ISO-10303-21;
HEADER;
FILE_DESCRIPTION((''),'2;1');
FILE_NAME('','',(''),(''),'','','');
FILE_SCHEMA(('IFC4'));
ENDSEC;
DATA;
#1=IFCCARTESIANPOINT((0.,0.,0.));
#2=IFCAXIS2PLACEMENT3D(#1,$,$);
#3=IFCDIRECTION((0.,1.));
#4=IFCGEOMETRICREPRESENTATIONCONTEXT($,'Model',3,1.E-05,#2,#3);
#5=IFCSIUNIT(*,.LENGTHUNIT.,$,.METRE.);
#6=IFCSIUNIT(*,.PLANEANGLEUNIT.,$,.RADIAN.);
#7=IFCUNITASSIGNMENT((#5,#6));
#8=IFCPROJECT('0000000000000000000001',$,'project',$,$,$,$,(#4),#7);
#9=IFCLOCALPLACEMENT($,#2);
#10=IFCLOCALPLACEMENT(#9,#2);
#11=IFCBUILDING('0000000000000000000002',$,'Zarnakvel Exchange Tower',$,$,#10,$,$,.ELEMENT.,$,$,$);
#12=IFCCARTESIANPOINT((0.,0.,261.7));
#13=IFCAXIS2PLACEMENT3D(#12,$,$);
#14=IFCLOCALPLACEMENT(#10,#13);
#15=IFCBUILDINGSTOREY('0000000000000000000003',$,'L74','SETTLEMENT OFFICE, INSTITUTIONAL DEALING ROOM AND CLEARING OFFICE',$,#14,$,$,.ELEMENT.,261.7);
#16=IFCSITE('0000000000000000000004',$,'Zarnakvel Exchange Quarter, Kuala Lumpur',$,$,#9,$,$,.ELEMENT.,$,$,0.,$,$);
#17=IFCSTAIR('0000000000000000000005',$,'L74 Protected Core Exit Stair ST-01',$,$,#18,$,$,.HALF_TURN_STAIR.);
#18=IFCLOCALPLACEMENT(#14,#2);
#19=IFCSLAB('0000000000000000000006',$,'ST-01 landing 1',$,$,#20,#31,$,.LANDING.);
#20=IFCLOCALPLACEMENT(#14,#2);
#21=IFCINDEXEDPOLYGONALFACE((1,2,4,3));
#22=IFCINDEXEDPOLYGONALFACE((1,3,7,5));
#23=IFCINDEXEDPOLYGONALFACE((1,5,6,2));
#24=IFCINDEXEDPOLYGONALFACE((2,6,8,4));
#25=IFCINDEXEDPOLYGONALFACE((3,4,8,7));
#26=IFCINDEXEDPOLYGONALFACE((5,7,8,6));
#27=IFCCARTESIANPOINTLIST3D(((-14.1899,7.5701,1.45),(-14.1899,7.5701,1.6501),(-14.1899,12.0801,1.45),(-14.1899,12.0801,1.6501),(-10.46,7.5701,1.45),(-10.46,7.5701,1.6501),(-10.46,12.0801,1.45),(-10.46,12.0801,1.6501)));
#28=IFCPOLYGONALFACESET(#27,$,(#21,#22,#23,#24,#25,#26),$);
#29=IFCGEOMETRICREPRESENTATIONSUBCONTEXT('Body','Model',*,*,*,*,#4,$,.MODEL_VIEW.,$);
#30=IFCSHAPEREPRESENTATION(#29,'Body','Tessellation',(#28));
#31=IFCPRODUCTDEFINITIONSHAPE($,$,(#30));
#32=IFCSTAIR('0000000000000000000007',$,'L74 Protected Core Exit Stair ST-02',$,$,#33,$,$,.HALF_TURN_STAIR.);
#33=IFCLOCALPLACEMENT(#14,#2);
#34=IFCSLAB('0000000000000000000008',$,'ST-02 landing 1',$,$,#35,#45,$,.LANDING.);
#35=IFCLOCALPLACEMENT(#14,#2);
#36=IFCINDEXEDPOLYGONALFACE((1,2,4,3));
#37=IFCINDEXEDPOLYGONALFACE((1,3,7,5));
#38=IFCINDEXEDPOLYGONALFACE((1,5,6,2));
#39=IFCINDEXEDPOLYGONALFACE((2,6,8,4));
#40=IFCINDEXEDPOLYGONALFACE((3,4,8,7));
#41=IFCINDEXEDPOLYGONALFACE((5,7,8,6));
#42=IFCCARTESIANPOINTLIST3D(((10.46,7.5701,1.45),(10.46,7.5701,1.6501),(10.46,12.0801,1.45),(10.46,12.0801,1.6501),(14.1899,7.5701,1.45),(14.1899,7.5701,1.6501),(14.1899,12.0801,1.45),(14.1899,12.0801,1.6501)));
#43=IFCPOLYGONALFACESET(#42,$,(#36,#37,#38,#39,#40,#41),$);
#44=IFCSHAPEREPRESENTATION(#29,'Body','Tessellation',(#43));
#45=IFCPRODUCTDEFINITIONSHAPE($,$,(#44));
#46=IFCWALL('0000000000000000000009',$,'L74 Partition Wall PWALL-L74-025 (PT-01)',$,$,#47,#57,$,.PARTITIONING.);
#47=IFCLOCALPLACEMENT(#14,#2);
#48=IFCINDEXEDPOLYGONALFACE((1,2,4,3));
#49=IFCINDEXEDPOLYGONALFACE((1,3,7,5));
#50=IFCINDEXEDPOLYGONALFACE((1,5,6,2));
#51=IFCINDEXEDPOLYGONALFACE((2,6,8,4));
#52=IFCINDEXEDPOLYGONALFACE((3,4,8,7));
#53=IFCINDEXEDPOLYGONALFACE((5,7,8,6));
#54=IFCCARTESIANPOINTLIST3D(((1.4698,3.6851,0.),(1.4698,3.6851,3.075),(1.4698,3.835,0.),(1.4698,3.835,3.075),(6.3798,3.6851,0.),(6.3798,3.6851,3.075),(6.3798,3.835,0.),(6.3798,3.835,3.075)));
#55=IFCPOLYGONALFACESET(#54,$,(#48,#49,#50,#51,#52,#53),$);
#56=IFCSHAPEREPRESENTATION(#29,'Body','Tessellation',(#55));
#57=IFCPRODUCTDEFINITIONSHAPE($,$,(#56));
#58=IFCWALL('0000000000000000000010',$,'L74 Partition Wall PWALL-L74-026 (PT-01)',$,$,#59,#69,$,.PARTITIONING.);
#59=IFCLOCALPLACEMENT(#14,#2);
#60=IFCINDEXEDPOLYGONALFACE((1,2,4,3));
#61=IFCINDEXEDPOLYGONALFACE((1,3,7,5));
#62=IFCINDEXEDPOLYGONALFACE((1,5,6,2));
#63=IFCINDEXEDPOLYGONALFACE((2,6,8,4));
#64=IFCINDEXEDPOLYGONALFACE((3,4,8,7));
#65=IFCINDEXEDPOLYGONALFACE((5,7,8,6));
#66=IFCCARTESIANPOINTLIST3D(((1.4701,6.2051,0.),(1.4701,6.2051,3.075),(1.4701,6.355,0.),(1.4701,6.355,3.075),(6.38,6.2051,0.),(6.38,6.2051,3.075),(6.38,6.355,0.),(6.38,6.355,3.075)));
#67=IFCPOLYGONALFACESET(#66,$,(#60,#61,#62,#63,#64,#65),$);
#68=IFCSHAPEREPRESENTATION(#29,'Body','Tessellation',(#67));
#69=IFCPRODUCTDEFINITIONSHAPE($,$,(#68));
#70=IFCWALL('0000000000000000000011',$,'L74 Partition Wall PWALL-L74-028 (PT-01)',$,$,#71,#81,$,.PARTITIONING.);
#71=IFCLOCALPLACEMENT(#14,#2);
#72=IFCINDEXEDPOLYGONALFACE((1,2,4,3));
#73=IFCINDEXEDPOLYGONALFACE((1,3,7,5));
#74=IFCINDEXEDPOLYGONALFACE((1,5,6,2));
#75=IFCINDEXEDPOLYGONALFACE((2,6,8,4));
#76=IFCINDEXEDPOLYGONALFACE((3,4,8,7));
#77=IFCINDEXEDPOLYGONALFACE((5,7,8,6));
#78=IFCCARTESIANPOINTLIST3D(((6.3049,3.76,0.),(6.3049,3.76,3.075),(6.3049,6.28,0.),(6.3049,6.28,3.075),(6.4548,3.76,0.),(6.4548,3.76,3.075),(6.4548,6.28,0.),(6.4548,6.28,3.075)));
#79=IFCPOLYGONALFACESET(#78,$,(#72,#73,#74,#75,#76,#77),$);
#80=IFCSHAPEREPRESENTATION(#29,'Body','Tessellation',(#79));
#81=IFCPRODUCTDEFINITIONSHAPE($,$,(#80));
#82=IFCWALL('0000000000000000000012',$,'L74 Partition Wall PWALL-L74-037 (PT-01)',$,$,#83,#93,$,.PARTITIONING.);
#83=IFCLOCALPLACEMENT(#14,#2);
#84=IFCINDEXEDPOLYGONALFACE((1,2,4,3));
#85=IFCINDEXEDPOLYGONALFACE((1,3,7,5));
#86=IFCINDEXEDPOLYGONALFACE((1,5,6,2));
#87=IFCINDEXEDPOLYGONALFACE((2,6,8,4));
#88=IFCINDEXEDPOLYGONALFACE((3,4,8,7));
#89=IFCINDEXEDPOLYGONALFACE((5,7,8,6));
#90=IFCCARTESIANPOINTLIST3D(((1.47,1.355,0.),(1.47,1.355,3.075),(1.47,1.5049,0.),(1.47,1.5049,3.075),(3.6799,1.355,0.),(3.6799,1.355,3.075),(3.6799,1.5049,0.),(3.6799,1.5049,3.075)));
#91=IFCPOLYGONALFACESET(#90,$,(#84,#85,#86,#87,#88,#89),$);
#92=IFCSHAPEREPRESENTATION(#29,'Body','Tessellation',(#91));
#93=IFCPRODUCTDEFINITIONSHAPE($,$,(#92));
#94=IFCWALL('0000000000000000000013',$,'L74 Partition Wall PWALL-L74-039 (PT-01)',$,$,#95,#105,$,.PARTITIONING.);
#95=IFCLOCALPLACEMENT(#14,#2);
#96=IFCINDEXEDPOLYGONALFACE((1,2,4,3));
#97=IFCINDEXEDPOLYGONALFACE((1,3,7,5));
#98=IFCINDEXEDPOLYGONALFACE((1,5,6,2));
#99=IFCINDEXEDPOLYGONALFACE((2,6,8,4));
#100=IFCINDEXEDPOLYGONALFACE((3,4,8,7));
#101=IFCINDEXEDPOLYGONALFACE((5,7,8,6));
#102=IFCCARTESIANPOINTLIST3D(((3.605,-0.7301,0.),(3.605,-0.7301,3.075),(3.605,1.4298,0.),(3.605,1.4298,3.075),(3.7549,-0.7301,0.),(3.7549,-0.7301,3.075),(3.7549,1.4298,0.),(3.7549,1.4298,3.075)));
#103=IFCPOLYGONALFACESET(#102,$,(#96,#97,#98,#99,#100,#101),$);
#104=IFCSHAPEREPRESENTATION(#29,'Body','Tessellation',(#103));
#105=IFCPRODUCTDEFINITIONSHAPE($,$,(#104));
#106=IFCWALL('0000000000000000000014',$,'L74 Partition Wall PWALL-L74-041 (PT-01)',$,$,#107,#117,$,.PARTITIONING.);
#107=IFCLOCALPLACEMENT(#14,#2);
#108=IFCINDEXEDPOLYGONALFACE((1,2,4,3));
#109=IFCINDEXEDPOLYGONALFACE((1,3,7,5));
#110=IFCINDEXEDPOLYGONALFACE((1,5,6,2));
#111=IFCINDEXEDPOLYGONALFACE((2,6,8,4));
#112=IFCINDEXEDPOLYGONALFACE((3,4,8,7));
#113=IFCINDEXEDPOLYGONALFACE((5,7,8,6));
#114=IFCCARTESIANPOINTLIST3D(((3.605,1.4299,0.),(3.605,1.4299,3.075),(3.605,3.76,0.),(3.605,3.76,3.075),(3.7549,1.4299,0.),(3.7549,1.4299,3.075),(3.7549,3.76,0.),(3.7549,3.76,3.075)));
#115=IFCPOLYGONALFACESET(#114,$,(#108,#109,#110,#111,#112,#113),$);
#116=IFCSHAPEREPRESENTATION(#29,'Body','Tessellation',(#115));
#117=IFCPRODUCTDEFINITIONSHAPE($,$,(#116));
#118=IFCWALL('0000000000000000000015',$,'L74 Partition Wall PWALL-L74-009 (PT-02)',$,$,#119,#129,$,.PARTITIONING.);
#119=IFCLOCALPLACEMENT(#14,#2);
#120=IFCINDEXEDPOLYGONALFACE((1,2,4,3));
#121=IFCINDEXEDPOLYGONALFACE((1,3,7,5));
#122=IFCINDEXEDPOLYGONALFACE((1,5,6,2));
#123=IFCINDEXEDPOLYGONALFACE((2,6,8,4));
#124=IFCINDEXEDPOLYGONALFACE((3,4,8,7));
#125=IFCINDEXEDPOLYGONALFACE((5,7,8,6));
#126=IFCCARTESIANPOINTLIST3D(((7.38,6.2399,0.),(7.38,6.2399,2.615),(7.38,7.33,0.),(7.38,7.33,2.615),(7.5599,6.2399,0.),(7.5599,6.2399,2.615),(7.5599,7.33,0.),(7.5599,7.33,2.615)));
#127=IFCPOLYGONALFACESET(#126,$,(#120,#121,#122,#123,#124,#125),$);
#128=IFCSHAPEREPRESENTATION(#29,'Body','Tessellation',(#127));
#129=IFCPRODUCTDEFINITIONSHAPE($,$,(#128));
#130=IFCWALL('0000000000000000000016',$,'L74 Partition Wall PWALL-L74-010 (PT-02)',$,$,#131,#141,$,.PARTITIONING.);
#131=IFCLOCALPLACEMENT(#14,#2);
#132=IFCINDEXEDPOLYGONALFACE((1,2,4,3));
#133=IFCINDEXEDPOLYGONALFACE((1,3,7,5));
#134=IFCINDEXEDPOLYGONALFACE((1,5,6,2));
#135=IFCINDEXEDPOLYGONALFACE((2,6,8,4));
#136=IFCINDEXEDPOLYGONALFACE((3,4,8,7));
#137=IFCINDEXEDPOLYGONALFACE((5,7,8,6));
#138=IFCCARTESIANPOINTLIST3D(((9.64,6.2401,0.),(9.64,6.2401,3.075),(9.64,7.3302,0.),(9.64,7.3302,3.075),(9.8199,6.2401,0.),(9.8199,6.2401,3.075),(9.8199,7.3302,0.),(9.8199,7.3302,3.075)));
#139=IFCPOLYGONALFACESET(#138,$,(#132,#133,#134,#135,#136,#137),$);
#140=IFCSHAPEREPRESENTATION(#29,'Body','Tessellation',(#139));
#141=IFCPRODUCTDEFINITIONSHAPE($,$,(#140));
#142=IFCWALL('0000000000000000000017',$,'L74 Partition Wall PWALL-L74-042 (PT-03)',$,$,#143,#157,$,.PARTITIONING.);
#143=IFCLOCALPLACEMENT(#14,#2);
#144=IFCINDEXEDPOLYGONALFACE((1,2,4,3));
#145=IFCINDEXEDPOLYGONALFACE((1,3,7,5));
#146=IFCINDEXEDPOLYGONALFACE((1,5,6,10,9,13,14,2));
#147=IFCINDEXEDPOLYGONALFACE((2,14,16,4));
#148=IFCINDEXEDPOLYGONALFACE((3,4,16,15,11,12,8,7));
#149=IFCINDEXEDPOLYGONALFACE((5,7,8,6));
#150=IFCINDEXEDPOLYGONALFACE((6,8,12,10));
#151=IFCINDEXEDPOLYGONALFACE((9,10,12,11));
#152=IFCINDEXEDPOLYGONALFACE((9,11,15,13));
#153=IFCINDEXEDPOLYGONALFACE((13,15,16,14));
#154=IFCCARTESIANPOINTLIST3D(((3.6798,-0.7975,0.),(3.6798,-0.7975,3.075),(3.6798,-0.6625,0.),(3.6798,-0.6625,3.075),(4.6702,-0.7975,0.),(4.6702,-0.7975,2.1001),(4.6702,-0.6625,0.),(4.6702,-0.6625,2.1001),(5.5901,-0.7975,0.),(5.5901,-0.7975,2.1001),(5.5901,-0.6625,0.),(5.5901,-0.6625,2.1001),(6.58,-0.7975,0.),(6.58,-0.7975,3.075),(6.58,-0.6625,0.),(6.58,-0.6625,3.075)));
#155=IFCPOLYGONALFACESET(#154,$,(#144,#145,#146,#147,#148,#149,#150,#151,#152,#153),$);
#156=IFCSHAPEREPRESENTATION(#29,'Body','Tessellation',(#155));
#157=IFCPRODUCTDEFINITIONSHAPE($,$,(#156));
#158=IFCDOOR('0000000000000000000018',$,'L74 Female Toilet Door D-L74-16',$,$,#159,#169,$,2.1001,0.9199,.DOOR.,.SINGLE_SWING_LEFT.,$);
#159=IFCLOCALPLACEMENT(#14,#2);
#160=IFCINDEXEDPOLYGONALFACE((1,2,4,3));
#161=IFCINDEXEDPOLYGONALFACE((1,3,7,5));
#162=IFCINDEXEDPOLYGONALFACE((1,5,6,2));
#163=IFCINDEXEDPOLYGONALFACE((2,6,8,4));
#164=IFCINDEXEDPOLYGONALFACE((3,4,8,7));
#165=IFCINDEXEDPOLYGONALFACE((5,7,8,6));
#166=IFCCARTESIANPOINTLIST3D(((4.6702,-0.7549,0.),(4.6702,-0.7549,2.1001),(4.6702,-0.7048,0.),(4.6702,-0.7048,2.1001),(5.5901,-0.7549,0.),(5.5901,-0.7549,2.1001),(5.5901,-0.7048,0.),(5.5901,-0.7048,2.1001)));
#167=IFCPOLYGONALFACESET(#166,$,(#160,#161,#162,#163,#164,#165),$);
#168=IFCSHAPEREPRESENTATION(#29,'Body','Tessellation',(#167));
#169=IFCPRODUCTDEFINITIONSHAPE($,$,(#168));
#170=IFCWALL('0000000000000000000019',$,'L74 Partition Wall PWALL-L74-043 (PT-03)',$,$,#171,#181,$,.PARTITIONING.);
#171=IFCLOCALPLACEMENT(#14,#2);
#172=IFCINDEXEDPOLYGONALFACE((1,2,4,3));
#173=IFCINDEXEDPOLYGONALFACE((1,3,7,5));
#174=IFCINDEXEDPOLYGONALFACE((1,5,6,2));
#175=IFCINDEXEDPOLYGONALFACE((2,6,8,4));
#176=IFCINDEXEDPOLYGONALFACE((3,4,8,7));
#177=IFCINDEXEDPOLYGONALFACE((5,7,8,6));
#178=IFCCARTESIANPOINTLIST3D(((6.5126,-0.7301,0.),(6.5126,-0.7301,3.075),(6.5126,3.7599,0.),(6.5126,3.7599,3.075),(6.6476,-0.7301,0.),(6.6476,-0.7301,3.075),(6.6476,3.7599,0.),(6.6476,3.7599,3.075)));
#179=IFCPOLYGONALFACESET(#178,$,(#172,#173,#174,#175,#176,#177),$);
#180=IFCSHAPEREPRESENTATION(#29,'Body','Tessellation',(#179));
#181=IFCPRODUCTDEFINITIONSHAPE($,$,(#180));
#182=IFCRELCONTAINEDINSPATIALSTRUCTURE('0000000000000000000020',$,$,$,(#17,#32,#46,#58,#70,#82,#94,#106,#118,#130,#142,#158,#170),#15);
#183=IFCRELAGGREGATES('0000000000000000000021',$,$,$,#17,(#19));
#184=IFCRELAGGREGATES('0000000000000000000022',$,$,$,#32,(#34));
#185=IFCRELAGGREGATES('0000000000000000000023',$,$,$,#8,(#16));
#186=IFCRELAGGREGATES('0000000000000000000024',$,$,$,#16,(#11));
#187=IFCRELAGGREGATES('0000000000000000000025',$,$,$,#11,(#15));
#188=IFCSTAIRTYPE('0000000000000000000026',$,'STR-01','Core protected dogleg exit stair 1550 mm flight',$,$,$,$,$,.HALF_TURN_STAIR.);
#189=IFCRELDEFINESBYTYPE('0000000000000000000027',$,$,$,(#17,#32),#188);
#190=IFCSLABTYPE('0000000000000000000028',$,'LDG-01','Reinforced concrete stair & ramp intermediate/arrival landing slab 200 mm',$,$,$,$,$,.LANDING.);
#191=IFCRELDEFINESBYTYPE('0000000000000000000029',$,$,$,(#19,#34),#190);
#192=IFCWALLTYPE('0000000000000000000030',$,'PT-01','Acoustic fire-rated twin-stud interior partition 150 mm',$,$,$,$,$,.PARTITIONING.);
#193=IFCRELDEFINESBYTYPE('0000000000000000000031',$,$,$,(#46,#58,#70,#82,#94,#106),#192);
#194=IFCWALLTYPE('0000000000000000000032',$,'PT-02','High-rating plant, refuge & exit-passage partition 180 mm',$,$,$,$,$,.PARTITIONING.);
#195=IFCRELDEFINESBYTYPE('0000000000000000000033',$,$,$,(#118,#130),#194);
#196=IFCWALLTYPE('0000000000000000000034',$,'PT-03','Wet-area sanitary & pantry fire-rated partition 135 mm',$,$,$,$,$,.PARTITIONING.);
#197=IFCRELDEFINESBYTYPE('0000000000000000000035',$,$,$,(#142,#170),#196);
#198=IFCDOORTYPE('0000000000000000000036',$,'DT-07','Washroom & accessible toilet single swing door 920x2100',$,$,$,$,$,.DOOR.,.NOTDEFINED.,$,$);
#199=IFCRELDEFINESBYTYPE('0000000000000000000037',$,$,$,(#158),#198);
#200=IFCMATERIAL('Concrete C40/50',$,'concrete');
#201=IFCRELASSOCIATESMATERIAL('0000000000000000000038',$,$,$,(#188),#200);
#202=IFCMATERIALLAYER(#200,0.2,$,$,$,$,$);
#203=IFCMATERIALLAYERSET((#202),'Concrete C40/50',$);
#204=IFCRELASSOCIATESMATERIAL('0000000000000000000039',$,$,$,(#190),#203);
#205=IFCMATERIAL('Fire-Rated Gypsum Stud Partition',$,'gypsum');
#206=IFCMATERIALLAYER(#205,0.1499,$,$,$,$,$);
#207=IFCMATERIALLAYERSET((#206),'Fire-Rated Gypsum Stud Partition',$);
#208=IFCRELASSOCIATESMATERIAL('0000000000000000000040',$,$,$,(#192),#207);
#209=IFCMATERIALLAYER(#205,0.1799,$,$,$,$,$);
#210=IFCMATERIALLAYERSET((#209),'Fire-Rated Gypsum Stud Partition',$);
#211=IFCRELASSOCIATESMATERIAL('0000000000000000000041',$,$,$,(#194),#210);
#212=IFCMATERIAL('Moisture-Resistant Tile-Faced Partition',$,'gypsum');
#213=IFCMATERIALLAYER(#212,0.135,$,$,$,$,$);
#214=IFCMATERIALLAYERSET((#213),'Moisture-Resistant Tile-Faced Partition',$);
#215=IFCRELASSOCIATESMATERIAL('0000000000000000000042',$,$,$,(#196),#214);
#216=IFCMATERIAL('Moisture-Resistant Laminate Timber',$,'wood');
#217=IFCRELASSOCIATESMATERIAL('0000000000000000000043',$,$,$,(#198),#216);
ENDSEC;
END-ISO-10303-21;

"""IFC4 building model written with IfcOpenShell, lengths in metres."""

from ifc_helpers import new_model, si_unit, direction, frame, frame_2d, origin, place, context, subcontext, project, spatial, polyline, rectangle, outline, extrude, source, transform, mapped, material, layer, layer_set, type_object, element, fill, aggregate, save


model = new_model("IFC4")

# Units and contexts
model_context = context("Model", 3, precision=1e-05, world=origin(), true_north=direction((0.0, 1.0)))
body_context = subcontext(model_context, "Body", "Model", "MODEL_VIEW")
ifc_project = project(units=[si_unit("LENGTHUNIT", "METRE"), si_unit("PLANEANGLEUNIT", "RADIAN")], contexts=[model_context])

# Site, building, storey
site_placement = place(None, origin())
site = spatial("IfcSite", under=ifc_project, at=site_placement, Name="Zarnakvel Exchange Quarter, Kuala Lumpur", CompositionType="ELEMENT", RefElevation=0.0)
building_placement = place(site_placement, origin())
building = spatial("IfcBuilding", under=site, at=building_placement, Name="Zarnakvel Exchange Tower", CompositionType="ELEMENT")
storey_placement = place(building_placement, frame((0.0, 0.0, 261.7)))
storey = spatial("IfcBuildingStorey", under=building, at=storey_placement, Name="L74", Description="SETTLEMENT OFFICE, INSTITUTIONAL DEALING ROOM AND CLEARING OFFICE", CompositionType="ELEMENT", Elevation=261.7)

# Stairs, slabs
ifc_material_1 = material(Name="Concrete C40/50", Category="concrete")
stair_type = type_object("IfcStairType", Name="STR-01", Description="Core protected dogleg exit stair 1550 mm flight", PredefinedType="HALF_TURN_STAIR", material=ifc_material_1)
stair_1_placement = place(storey_placement, origin())
stair_1 = element("IfcStair", 1, at=stair_1_placement, inside=storey, type_object=stair_type, Name="L74 Protected Core Exit Stair ST-01", PredefinedType="HALF_TURN_STAIR")
ifc_layer_1 = layer(ifc_material_1, 0.2)
ifc_layer_set_1 = layer_set([ifc_layer_1], Name="Concrete C40/50")
slab_type = type_object("IfcSlabType", Name="LDG-01", Description="Reinforced concrete stair & ramp intermediate/arrival landing slab 200 mm", PredefinedType="LANDING", material=ifc_layer_set_1)
slab_1_placement = place(storey_placement, frame((0.0, 0.0, 1.45)))
slab_1 = element("IfcSlab", 2, at=slab_1_placement, type_object=slab_type, Name="ST-01 landing 1", PredefinedType="LANDING", context=body_context, shape_type="SweptSolid", body=[
    extrude(outline(polyline([(-14.1899, 7.5701), (-10.46, 7.5701), (-10.46, 12.0801), (-14.1899, 12.0801), (-14.1899, 7.5701)])), origin(), (0.0, 0.0, 1.0), 0.2002),
])
aggregate(stair_1, [slab_1])
stair_2_placement = place(storey_placement, origin())
stair_2 = element("IfcStair", 3, at=stair_2_placement, inside=storey, type_object=stair_type, Name="L74 Protected Core Exit Stair ST-02", PredefinedType="HALF_TURN_STAIR")
slab_2_placement = place(storey_placement, frame((0.0, 0.0, 1.45)))
slab_2 = element("IfcSlab", 4, at=slab_2_placement, type_object=slab_type, Name="ST-02 landing 1", PredefinedType="LANDING", context=body_context, shape_type="SweptSolid", body=[
    extrude(outline(polyline([(10.46, 7.5701), (14.1899, 7.5701), (14.1899, 12.0801), (10.46, 12.0801), (10.46, 7.5701)])), origin(), (0.0, 0.0, 1.0), 0.2002),
])
aggregate(stair_2, [slab_2])

# Walls
ifc_material_2 = material(Name="Fire-Rated Gypsum Stud Partition", Category="gypsum")
ifc_layer_2 = layer(ifc_material_2, 0.1499)
ifc_layer_set_2 = layer_set([ifc_layer_2], Name="Fire-Rated Gypsum Stud Partition")
wall_type_1 = type_object("IfcWallType", Name="PT-01", Description="Acoustic fire-rated twin-stud interior partition 150 mm", PredefinedType="PARTITIONING", material=ifc_layer_set_2)
for number, where, z_axis, x_axis, name in (
    (5, (6.3799, 3.76, 0.0), (0.0, 0.0, 1.0), (-1.0, 0.0, 0.0), "L74 Partition Wall PWALL-L74-025 (PT-01)"),
    (6, (1.47, 6.28, 0.0), (0.0, 0.0, 1.0), (1.0, 0.0, 0.0), "L74 Partition Wall PWALL-L74-026 (PT-01)"),
):
    element("IfcWall", number, at=place(storey_placement, frame(where, z_axis=z_axis, x_axis=x_axis)), inside=storey, type_object=wall_type_1, Name=name, PredefinedType="PARTITIONING", context=body_context, shape_type="SweptSolid", body=[
        extrude(rectangle(XDim=4.9099, YDim=0.1499, at=frame_2d((2.4551, 0.0))), origin(), (0.0, 0.0, 1.0), 3.075),
    ])

# Walls
wall_1_placement = place(storey_placement, frame((6.3799, 6.28, 0.0), z_axis=(0.0, 0.0, 1.0), x_axis=(0.0, -1.0, 0.0)))
element("IfcWall", 7, at=wall_1_placement, inside=storey, type_object=wall_type_1, Name="L74 Partition Wall PWALL-L74-028 (PT-01)", PredefinedType="PARTITIONING", context=body_context, shape_type="SweptSolid", body=[
    extrude(rectangle(XDim=2.52, YDim=0.1499, at=frame_2d((1.26, 0.0))), origin(), (0.0, 0.0, 1.0), 3.075),
])
wall_2_placement = place(storey_placement, frame((1.47, 1.4299, 0.0), z_axis=(0.0, 0.0, 1.0), x_axis=(1.0, 0.0, 0.0)))
element("IfcWall", 8, at=wall_2_placement, inside=storey, type_object=wall_type_1, Name="L74 Partition Wall PWALL-L74-037 (PT-01)", PredefinedType="PARTITIONING", context=body_context, shape_type="SweptSolid", body=[
    extrude(rectangle(XDim=2.21, YDim=0.1499, at=frame_2d((1.105, 0.0))), origin(), (0.0, 0.0, 1.0), 3.075),
])
wall_3_placement = place(storey_placement, frame((3.6799, 1.4299, 0.0), z_axis=(0.0, 0.0, 1.0), x_axis=(0.0, -1.0, 0.0)))
element("IfcWall", 9, at=wall_3_placement, inside=storey, type_object=wall_type_1, Name="L74 Partition Wall PWALL-L74-039 (PT-01)", PredefinedType="PARTITIONING", context=body_context, shape_type="SweptSolid", body=[
    extrude(rectangle(XDim=2.1599, YDim=0.1499, at=frame_2d((1.0801, 0.0))), origin(), (0.0, 0.0, 1.0), 3.075),
])

# Walls
wall_4_placement = place(storey_placement, frame((3.6799, 3.76, 0.0), z_axis=(0.0, 0.0, 1.0), x_axis=(0.0, -1.0, 0.0)))
element("IfcWall", 10, at=wall_4_placement, inside=storey, type_object=wall_type_1, Name="L74 Partition Wall PWALL-L74-041 (PT-01)", PredefinedType="PARTITIONING", context=body_context, shape_type="SweptSolid", body=[
    extrude(rectangle(XDim=2.3301, YDim=0.1499, at=frame_2d((1.165, 0.0))), origin(), (0.0, 0.0, 1.0), 3.075),
])
ifc_layer_3 = layer(ifc_material_2, 0.1799)
ifc_layer_set_3 = layer_set([ifc_layer_3], Name="Fire-Rated Gypsum Stud Partition")
wall_type_2 = type_object("IfcWallType", Name="PT-02", Description="High-rating plant, refuge & exit-passage partition 180 mm", PredefinedType="PARTITIONING", material=ifc_layer_set_3)
wall_5_placement = place(storey_placement, frame((7.47, 6.24, 0.0), z_axis=(0.0, 0.0, 1.0), x_axis=(0.0, 1.0, 0.0)))
element("IfcWall", 11, at=wall_5_placement, inside=storey, type_object=wall_type_2, Name="L74 Partition Wall PWALL-L74-009 (PT-02)", PredefinedType="PARTITIONING", context=body_context, shape_type="SweptSolid", body=[
    extrude(rectangle(XDim=1.0901, YDim=0.1799, at=frame_2d((0.5449, 0.0))), origin(), (0.0, 0.0, 1.0), 2.615),
])
wall_6_placement = place(storey_placement, frame((9.73, 7.3301, 0.0), z_axis=(0.0, 0.0, 1.0), x_axis=(0.0, -1.0, 0.0)))
element("IfcWall", 12, at=wall_6_placement, inside=storey, type_object=wall_type_2, Name="L74 Partition Wall PWALL-L74-010 (PT-02)", PredefinedType="PARTITIONING", context=body_context, shape_type="SweptSolid", body=[
    extrude(rectangle(XDim=1.0901, YDim=0.1799, at=frame_2d((0.5449, 0.0))), origin(), (0.0, 0.0, 1.0), 3.075),
])

# Wall, opening, door
ifc_material_3 = material(Name="Moisture-Resistant Tile-Faced Partition", Category="gypsum")
ifc_layer_4 = layer(ifc_material_3, 0.135)
ifc_layer_set_4 = layer_set([ifc_layer_4], Name="Moisture-Resistant Tile-Faced Partition")
wall_type_3 = type_object("IfcWallType", Name="PT-03", Description="Wet-area sanitary & pantry fire-rated partition 135 mm", PredefinedType="PARTITIONING", material=ifc_layer_set_4)
wall_7_placement = place(storey_placement, frame((6.5801, -0.73, 0.0), z_axis=(0.0, 0.0, 1.0), x_axis=(-1.0, 0.0, 0.0)))
wall_7 = element("IfcWall", 13, at=wall_7_placement, inside=storey, type_object=wall_type_3, Name="L74 Partition Wall PWALL-L74-042 (PT-03)", PredefinedType="PARTITIONING", context=body_context, shape_type="SweptSolid", body=[
    extrude(rectangle(XDim=2.9001, YDim=0.135, at=frame_2d((1.4502, 0.0))), origin(), (0.0, 0.0, 1.0), 3.075),
])
opening_1_placement = place(wall_7_placement, frame((0.99, 0.0, 0.0)))
opening_1 = element("IfcOpeningElement", 14, at=opening_1_placement, cuts=wall_7, PredefinedType="OPENING", context=body_context, shape_type="SweptSolid", body=[
    extrude(rectangle(XDim=0.9199, YDim=2.1001, at=frame_2d((0.46, 1.05))), frame((0.0, 0.0774, 0.0), z_axis=(0.0, -1.0, 0.0), x_axis=(1.0, 0.0, 0.0)), (0.0, 0.0, 1.0), 0.155),
])
ifc_material_4 = material(Name="Moisture-Resistant Laminate Timber", Category="wood")
door_type_1 = type_object("IfcDoorType", Name="DT-07", Description="Washroom & accessible toilet single swing door 920x2100", OperationType="NOTDEFINED", PredefinedType="DOOR", material=ifc_material_4)
shared_shape_1 = source(origin(), body_context, "Body", "SweptSolid", [
    extrude(rectangle(XDim=0.9199, YDim=2.1001, at=frame_2d((0.46, 1.05))), frame((0.0, 0.0249, 0.0), z_axis=(0.0, -1.0, 0.0), x_axis=(1.0, 0.0, 0.0)), (0.0, 0.0, 1.0), 0.05),
])
door_1_placement = place(opening_1_placement, origin())
door_1 = element("IfcDoor", 15, at=door_1_placement, inside=storey, type_object=door_type_1, Name="L74 Female Toilet Door D-L74-16", OperationType="SINGLE_SWING_LEFT", OverallHeight=2.1001, OverallWidth=0.9199, PredefinedType="DOOR", context=body_context, shape_type="MappedRepresentation", body=[
    mapped(shared_shape_1, transform((0.0, 0.0, 0.0), x_axis=(1.0, 0.0, 0.0), y_axis=(0.0, 1.0, 0.0), z_axis=(0.0, 0.0, 1.0), scale=1.0)),
])
fill(opening_1, door_1)

# Wall
wall_8_placement = place(storey_placement, frame((6.5801, 3.76, 0.0), z_axis=(0.0, 0.0, 1.0), x_axis=(0.0, -1.0, 0.0)))
element("IfcWall", 16, at=wall_8_placement, inside=storey, type_object=wall_type_3, Name="L74 Partition Wall PWALL-L74-043 (PT-03)", PredefinedType="PARTITIONING", context=body_context, shape_type="SweptSolid", body=[
    extrude(rectangle(XDim=4.49, YDim=0.135, at=frame_2d((2.2451, 0.0))), origin(), (0.0, 0.0, 1.0), 3.075),
])

save(model, "model.ifc")
